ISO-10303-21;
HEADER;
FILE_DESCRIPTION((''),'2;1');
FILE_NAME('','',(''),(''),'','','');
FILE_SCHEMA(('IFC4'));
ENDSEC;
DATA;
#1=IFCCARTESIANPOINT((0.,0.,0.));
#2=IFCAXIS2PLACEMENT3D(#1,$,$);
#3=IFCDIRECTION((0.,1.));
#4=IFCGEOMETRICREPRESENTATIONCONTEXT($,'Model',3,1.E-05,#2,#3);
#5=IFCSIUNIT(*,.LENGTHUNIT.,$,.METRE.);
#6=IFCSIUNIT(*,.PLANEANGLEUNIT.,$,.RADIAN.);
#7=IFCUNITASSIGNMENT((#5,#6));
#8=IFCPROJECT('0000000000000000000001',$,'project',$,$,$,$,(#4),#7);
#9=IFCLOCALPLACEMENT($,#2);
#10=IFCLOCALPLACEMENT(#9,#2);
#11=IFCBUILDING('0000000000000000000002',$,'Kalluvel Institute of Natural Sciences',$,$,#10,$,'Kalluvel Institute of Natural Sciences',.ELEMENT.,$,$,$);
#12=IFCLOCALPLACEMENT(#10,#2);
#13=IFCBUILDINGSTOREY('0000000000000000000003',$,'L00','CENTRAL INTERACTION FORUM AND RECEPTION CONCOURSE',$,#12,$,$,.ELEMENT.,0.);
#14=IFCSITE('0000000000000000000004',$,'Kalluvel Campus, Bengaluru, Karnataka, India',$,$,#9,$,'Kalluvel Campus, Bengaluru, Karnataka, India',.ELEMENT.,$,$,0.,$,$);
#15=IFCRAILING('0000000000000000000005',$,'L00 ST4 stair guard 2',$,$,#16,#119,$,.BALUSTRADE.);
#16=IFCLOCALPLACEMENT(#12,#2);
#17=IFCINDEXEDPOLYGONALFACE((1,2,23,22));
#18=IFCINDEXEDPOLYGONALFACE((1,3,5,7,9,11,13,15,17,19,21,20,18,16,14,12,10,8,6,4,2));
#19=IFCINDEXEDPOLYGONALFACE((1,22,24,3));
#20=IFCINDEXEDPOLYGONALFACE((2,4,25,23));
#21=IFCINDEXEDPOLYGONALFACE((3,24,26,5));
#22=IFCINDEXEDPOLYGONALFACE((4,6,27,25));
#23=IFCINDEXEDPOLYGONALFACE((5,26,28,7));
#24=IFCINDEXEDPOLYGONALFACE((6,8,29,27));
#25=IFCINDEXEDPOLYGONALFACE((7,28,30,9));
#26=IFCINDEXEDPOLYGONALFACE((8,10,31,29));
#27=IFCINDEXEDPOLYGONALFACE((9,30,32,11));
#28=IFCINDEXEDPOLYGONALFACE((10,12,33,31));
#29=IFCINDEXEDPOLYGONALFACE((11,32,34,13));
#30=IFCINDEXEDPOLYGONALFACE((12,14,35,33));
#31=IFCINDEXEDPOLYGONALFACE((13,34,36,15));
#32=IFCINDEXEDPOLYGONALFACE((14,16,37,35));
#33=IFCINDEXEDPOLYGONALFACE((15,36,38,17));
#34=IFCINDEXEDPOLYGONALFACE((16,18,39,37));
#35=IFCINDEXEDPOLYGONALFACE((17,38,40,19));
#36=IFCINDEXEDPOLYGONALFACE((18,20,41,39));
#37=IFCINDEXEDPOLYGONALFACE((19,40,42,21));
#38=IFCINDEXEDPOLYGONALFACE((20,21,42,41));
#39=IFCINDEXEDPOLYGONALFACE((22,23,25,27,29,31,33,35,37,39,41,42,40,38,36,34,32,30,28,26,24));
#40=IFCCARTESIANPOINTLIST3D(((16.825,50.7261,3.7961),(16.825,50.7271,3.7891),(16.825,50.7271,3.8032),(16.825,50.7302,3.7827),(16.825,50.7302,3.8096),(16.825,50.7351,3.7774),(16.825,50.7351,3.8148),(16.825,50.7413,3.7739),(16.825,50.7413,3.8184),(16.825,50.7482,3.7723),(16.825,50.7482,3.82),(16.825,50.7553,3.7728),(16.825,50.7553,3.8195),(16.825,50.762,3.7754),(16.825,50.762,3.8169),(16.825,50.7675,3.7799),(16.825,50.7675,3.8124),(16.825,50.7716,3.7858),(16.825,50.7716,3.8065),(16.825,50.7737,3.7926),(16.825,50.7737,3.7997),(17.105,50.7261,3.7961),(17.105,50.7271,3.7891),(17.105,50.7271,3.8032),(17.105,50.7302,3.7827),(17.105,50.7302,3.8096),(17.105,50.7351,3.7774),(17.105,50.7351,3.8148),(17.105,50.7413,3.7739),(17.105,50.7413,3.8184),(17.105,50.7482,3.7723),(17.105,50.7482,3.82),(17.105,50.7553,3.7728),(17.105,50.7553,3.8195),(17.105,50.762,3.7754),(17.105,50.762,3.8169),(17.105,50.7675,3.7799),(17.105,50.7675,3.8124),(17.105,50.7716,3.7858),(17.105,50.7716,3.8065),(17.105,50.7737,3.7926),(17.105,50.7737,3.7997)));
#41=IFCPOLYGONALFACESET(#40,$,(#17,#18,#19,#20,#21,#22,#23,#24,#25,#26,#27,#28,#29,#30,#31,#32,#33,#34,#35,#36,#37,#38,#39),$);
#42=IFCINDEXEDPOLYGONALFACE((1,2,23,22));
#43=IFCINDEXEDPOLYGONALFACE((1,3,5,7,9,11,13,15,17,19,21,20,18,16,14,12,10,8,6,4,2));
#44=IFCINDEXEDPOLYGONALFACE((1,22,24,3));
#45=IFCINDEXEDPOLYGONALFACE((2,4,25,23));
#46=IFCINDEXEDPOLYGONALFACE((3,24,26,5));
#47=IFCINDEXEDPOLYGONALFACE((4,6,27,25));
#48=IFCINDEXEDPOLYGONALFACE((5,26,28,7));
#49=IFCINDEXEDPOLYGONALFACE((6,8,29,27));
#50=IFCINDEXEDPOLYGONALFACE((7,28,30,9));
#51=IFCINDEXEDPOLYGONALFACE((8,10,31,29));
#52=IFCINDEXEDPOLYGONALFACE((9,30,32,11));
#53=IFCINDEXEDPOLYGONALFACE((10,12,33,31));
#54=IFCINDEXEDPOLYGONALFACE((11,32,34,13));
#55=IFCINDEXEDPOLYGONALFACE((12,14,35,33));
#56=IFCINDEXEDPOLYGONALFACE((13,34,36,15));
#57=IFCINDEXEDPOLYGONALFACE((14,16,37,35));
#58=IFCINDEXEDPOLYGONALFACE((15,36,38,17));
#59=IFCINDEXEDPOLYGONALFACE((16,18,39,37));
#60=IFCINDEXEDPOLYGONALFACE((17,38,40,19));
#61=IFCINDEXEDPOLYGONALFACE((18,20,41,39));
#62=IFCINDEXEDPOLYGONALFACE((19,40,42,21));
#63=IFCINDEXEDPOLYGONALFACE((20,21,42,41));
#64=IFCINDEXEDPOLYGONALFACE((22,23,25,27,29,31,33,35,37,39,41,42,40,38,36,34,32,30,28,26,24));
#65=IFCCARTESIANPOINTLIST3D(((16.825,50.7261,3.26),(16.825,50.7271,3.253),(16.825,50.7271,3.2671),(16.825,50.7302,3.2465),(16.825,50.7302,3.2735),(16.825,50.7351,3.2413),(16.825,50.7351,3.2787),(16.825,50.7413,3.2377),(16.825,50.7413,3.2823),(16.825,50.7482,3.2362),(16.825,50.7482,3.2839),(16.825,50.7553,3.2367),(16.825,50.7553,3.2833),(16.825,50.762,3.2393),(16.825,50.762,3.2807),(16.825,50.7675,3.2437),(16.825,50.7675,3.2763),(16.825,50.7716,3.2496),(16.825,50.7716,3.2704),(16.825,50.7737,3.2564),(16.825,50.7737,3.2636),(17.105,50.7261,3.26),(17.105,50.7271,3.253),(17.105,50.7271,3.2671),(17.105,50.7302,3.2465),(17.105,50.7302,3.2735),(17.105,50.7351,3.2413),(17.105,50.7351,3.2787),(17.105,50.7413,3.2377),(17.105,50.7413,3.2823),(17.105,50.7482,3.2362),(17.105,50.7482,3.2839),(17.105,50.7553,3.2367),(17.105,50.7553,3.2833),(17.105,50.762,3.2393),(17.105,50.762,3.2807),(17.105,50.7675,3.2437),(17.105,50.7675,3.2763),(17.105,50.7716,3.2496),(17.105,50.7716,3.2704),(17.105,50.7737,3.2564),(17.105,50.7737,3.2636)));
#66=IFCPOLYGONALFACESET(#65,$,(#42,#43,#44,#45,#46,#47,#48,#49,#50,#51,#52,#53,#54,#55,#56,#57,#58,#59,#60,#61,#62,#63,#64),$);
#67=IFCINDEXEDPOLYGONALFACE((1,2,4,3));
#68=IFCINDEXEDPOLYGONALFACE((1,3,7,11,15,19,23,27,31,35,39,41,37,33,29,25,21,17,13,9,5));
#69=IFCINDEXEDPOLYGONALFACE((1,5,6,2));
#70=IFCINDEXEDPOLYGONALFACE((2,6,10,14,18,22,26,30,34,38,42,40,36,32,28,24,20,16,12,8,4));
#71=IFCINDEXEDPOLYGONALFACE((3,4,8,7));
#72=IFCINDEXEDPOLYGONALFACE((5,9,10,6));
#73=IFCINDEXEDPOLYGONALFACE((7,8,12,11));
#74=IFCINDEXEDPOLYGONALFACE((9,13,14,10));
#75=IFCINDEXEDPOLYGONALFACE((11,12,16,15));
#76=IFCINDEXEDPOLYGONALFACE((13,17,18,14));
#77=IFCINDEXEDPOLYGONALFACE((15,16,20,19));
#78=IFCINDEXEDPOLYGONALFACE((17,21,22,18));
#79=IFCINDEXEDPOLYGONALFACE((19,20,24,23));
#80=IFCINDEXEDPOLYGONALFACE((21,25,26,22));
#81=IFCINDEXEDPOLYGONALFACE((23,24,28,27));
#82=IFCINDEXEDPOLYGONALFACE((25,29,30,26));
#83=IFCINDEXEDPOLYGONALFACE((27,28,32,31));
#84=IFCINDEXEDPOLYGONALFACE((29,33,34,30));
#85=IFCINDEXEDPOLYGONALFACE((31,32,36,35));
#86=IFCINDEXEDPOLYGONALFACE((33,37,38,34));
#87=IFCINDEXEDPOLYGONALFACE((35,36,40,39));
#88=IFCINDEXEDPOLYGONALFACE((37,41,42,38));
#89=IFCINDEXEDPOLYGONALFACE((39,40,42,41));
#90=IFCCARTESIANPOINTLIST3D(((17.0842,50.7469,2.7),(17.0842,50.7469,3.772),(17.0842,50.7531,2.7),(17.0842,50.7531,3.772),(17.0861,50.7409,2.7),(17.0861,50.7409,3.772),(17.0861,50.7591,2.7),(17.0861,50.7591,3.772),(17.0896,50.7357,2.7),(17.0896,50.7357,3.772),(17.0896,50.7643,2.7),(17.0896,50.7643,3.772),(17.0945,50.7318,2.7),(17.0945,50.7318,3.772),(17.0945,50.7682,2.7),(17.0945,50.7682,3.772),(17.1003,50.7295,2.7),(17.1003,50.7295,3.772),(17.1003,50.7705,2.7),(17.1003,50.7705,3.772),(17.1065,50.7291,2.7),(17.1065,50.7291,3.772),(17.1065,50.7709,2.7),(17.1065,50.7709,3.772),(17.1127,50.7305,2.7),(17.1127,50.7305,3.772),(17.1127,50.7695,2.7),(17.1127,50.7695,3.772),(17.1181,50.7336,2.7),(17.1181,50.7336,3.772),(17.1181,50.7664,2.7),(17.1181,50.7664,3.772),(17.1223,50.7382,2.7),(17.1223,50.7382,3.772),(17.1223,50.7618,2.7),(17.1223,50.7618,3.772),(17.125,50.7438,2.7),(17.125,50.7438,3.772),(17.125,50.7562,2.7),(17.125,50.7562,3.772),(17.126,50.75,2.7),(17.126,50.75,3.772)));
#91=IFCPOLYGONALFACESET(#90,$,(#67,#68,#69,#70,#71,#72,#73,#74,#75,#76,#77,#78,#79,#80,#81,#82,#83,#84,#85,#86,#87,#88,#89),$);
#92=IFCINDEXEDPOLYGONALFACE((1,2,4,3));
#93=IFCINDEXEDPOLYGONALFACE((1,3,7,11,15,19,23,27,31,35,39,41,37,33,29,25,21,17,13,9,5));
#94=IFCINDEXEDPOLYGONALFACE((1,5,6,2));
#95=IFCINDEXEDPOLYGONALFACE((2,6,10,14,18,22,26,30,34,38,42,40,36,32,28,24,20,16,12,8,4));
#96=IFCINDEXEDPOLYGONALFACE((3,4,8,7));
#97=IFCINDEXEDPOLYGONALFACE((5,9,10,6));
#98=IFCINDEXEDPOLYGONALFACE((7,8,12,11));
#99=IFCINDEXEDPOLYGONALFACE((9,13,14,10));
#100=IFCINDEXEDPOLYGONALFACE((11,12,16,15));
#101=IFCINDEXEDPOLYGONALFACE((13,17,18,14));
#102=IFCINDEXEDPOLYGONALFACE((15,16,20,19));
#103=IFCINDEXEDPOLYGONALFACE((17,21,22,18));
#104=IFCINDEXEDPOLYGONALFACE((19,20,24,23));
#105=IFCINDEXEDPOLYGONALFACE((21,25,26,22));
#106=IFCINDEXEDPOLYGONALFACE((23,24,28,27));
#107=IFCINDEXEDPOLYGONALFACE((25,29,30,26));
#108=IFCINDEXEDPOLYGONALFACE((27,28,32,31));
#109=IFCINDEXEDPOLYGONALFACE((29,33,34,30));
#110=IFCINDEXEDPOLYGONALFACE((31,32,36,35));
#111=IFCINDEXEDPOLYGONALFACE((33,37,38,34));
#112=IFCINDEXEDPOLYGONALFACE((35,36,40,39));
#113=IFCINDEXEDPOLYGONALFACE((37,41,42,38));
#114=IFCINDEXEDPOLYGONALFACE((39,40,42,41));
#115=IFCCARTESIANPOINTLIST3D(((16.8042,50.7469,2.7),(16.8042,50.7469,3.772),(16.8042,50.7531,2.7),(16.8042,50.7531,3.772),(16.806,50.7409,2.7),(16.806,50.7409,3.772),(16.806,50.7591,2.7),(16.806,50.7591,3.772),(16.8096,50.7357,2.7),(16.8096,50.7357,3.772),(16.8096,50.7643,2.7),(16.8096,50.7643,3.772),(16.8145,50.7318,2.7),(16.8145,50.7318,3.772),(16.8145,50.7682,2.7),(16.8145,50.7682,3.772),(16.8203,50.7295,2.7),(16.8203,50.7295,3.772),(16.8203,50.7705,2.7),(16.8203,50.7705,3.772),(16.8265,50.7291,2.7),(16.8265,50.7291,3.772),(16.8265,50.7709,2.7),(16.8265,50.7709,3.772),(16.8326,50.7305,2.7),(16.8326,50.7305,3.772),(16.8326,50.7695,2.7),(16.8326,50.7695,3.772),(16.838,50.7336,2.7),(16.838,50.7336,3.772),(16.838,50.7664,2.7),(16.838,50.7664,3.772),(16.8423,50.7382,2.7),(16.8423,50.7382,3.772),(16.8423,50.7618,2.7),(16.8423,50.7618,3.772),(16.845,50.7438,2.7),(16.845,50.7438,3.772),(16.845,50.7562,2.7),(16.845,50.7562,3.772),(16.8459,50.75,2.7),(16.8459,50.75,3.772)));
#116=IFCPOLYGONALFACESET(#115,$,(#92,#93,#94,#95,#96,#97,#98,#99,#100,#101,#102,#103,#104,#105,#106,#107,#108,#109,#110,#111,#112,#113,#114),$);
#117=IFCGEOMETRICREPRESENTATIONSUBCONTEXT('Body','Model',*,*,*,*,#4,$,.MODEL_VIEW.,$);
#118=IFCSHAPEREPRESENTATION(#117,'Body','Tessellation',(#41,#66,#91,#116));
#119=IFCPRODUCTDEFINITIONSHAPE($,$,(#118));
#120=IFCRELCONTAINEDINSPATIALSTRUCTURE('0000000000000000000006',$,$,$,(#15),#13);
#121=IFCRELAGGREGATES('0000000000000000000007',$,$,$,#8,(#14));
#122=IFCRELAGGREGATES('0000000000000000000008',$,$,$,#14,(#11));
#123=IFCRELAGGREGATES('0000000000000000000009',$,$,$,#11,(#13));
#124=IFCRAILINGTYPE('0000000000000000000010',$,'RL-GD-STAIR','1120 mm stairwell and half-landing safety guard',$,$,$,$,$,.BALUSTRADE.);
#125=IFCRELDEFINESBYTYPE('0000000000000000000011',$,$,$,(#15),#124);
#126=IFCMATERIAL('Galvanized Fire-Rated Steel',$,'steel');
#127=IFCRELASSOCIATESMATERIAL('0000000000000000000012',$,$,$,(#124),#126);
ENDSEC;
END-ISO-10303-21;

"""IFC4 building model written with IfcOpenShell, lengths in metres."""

from ifc_helpers import new_model, si_unit, direction, frame, origin, origin_2d, place, context, subcontext, project, spatial, circle, extrude, material, type_object, element, save


model = new_model("IFC4")

# Units and contexts
model_context = context("Model", 3, precision=1e-05, world=origin(), true_north=direction((0.0, 1.0)))
body_context = subcontext(model_context, "Body", "Model", "MODEL_VIEW")
ifc_project = project(units=[si_unit("LENGTHUNIT", "METRE"), si_unit("PLANEANGLEUNIT", "RADIAN")], contexts=[model_context])

# Site, building, storey
site_placement = place(None, origin())
site = spatial("IfcSite", under=ifc_project, at=site_placement, Name="Kalluvel Campus, Bengaluru, Karnataka, India", LongName="Kalluvel Campus, Bengaluru, Karnataka, India", CompositionType="ELEMENT", RefElevation=0.0)
building_placement = place(site_placement, origin())
building = spatial("IfcBuilding", under=site, at=building_placement, Name="Kalluvel Institute of Natural Sciences", LongName="Kalluvel Institute of Natural Sciences", CompositionType="ELEMENT")
storey_placement = place(building_placement, origin())
storey = spatial("IfcBuildingStorey", under=building, at=storey_placement, Name="L00", Description="CENTRAL INTERACTION FORUM AND RECEPTION CONCOURSE", CompositionType="ELEMENT", Elevation=0.0)

# Shared definitions
ifc_material_1 = material(Name="Galvanized Fire-Rated Steel", Category="steel")

# Railing
railing_type_1 = type_object("IfcRailingType", Name="RL-GD-STAIR", Description="1120 mm stairwell and half-landing safety guard", PredefinedType="BALUSTRADE", material=ifc_material_1)
railing_1_placement = place(storey_placement, frame((17.105, 50.75, 2.7)))
element("IfcRailing", 1, at=railing_1_placement, inside=storey, type_object=railing_type_1, Name="L00 ST4 stair guard 2", PredefinedType="BALUSTRADE", context=body_context, shape_type="SweptSolid", body=[
    extrude(circle(Radius=0.0239, at=origin_2d()), frame((0.0, 0.0, 1.0962), z_axis=(-1.0, 0.0, 0.0), x_axis=(0.0, -1.0, 0.0)), (0.0, 0.0, 1.0), 0.28),
    extrude(circle(Radius=0.0239, at=origin_2d()), frame((0.0, 0.0, 0.5601), z_axis=(-1.0, 0.0, 0.0), x_axis=(0.0, -1.0, 0.0)), (0.0, 0.0, 1.0), 0.28),
    extrude(circle(Radius=0.021, at=origin_2d()), origin(), (0.0, 0.0, 1.0), 1.072),
    extrude(circle(Radius=0.021, at=origin_2d()), frame((-0.28, 0.0, 0.0)), (0.0, 0.0, 1.0), 1.072),
])

save(model, "model.ifc")
